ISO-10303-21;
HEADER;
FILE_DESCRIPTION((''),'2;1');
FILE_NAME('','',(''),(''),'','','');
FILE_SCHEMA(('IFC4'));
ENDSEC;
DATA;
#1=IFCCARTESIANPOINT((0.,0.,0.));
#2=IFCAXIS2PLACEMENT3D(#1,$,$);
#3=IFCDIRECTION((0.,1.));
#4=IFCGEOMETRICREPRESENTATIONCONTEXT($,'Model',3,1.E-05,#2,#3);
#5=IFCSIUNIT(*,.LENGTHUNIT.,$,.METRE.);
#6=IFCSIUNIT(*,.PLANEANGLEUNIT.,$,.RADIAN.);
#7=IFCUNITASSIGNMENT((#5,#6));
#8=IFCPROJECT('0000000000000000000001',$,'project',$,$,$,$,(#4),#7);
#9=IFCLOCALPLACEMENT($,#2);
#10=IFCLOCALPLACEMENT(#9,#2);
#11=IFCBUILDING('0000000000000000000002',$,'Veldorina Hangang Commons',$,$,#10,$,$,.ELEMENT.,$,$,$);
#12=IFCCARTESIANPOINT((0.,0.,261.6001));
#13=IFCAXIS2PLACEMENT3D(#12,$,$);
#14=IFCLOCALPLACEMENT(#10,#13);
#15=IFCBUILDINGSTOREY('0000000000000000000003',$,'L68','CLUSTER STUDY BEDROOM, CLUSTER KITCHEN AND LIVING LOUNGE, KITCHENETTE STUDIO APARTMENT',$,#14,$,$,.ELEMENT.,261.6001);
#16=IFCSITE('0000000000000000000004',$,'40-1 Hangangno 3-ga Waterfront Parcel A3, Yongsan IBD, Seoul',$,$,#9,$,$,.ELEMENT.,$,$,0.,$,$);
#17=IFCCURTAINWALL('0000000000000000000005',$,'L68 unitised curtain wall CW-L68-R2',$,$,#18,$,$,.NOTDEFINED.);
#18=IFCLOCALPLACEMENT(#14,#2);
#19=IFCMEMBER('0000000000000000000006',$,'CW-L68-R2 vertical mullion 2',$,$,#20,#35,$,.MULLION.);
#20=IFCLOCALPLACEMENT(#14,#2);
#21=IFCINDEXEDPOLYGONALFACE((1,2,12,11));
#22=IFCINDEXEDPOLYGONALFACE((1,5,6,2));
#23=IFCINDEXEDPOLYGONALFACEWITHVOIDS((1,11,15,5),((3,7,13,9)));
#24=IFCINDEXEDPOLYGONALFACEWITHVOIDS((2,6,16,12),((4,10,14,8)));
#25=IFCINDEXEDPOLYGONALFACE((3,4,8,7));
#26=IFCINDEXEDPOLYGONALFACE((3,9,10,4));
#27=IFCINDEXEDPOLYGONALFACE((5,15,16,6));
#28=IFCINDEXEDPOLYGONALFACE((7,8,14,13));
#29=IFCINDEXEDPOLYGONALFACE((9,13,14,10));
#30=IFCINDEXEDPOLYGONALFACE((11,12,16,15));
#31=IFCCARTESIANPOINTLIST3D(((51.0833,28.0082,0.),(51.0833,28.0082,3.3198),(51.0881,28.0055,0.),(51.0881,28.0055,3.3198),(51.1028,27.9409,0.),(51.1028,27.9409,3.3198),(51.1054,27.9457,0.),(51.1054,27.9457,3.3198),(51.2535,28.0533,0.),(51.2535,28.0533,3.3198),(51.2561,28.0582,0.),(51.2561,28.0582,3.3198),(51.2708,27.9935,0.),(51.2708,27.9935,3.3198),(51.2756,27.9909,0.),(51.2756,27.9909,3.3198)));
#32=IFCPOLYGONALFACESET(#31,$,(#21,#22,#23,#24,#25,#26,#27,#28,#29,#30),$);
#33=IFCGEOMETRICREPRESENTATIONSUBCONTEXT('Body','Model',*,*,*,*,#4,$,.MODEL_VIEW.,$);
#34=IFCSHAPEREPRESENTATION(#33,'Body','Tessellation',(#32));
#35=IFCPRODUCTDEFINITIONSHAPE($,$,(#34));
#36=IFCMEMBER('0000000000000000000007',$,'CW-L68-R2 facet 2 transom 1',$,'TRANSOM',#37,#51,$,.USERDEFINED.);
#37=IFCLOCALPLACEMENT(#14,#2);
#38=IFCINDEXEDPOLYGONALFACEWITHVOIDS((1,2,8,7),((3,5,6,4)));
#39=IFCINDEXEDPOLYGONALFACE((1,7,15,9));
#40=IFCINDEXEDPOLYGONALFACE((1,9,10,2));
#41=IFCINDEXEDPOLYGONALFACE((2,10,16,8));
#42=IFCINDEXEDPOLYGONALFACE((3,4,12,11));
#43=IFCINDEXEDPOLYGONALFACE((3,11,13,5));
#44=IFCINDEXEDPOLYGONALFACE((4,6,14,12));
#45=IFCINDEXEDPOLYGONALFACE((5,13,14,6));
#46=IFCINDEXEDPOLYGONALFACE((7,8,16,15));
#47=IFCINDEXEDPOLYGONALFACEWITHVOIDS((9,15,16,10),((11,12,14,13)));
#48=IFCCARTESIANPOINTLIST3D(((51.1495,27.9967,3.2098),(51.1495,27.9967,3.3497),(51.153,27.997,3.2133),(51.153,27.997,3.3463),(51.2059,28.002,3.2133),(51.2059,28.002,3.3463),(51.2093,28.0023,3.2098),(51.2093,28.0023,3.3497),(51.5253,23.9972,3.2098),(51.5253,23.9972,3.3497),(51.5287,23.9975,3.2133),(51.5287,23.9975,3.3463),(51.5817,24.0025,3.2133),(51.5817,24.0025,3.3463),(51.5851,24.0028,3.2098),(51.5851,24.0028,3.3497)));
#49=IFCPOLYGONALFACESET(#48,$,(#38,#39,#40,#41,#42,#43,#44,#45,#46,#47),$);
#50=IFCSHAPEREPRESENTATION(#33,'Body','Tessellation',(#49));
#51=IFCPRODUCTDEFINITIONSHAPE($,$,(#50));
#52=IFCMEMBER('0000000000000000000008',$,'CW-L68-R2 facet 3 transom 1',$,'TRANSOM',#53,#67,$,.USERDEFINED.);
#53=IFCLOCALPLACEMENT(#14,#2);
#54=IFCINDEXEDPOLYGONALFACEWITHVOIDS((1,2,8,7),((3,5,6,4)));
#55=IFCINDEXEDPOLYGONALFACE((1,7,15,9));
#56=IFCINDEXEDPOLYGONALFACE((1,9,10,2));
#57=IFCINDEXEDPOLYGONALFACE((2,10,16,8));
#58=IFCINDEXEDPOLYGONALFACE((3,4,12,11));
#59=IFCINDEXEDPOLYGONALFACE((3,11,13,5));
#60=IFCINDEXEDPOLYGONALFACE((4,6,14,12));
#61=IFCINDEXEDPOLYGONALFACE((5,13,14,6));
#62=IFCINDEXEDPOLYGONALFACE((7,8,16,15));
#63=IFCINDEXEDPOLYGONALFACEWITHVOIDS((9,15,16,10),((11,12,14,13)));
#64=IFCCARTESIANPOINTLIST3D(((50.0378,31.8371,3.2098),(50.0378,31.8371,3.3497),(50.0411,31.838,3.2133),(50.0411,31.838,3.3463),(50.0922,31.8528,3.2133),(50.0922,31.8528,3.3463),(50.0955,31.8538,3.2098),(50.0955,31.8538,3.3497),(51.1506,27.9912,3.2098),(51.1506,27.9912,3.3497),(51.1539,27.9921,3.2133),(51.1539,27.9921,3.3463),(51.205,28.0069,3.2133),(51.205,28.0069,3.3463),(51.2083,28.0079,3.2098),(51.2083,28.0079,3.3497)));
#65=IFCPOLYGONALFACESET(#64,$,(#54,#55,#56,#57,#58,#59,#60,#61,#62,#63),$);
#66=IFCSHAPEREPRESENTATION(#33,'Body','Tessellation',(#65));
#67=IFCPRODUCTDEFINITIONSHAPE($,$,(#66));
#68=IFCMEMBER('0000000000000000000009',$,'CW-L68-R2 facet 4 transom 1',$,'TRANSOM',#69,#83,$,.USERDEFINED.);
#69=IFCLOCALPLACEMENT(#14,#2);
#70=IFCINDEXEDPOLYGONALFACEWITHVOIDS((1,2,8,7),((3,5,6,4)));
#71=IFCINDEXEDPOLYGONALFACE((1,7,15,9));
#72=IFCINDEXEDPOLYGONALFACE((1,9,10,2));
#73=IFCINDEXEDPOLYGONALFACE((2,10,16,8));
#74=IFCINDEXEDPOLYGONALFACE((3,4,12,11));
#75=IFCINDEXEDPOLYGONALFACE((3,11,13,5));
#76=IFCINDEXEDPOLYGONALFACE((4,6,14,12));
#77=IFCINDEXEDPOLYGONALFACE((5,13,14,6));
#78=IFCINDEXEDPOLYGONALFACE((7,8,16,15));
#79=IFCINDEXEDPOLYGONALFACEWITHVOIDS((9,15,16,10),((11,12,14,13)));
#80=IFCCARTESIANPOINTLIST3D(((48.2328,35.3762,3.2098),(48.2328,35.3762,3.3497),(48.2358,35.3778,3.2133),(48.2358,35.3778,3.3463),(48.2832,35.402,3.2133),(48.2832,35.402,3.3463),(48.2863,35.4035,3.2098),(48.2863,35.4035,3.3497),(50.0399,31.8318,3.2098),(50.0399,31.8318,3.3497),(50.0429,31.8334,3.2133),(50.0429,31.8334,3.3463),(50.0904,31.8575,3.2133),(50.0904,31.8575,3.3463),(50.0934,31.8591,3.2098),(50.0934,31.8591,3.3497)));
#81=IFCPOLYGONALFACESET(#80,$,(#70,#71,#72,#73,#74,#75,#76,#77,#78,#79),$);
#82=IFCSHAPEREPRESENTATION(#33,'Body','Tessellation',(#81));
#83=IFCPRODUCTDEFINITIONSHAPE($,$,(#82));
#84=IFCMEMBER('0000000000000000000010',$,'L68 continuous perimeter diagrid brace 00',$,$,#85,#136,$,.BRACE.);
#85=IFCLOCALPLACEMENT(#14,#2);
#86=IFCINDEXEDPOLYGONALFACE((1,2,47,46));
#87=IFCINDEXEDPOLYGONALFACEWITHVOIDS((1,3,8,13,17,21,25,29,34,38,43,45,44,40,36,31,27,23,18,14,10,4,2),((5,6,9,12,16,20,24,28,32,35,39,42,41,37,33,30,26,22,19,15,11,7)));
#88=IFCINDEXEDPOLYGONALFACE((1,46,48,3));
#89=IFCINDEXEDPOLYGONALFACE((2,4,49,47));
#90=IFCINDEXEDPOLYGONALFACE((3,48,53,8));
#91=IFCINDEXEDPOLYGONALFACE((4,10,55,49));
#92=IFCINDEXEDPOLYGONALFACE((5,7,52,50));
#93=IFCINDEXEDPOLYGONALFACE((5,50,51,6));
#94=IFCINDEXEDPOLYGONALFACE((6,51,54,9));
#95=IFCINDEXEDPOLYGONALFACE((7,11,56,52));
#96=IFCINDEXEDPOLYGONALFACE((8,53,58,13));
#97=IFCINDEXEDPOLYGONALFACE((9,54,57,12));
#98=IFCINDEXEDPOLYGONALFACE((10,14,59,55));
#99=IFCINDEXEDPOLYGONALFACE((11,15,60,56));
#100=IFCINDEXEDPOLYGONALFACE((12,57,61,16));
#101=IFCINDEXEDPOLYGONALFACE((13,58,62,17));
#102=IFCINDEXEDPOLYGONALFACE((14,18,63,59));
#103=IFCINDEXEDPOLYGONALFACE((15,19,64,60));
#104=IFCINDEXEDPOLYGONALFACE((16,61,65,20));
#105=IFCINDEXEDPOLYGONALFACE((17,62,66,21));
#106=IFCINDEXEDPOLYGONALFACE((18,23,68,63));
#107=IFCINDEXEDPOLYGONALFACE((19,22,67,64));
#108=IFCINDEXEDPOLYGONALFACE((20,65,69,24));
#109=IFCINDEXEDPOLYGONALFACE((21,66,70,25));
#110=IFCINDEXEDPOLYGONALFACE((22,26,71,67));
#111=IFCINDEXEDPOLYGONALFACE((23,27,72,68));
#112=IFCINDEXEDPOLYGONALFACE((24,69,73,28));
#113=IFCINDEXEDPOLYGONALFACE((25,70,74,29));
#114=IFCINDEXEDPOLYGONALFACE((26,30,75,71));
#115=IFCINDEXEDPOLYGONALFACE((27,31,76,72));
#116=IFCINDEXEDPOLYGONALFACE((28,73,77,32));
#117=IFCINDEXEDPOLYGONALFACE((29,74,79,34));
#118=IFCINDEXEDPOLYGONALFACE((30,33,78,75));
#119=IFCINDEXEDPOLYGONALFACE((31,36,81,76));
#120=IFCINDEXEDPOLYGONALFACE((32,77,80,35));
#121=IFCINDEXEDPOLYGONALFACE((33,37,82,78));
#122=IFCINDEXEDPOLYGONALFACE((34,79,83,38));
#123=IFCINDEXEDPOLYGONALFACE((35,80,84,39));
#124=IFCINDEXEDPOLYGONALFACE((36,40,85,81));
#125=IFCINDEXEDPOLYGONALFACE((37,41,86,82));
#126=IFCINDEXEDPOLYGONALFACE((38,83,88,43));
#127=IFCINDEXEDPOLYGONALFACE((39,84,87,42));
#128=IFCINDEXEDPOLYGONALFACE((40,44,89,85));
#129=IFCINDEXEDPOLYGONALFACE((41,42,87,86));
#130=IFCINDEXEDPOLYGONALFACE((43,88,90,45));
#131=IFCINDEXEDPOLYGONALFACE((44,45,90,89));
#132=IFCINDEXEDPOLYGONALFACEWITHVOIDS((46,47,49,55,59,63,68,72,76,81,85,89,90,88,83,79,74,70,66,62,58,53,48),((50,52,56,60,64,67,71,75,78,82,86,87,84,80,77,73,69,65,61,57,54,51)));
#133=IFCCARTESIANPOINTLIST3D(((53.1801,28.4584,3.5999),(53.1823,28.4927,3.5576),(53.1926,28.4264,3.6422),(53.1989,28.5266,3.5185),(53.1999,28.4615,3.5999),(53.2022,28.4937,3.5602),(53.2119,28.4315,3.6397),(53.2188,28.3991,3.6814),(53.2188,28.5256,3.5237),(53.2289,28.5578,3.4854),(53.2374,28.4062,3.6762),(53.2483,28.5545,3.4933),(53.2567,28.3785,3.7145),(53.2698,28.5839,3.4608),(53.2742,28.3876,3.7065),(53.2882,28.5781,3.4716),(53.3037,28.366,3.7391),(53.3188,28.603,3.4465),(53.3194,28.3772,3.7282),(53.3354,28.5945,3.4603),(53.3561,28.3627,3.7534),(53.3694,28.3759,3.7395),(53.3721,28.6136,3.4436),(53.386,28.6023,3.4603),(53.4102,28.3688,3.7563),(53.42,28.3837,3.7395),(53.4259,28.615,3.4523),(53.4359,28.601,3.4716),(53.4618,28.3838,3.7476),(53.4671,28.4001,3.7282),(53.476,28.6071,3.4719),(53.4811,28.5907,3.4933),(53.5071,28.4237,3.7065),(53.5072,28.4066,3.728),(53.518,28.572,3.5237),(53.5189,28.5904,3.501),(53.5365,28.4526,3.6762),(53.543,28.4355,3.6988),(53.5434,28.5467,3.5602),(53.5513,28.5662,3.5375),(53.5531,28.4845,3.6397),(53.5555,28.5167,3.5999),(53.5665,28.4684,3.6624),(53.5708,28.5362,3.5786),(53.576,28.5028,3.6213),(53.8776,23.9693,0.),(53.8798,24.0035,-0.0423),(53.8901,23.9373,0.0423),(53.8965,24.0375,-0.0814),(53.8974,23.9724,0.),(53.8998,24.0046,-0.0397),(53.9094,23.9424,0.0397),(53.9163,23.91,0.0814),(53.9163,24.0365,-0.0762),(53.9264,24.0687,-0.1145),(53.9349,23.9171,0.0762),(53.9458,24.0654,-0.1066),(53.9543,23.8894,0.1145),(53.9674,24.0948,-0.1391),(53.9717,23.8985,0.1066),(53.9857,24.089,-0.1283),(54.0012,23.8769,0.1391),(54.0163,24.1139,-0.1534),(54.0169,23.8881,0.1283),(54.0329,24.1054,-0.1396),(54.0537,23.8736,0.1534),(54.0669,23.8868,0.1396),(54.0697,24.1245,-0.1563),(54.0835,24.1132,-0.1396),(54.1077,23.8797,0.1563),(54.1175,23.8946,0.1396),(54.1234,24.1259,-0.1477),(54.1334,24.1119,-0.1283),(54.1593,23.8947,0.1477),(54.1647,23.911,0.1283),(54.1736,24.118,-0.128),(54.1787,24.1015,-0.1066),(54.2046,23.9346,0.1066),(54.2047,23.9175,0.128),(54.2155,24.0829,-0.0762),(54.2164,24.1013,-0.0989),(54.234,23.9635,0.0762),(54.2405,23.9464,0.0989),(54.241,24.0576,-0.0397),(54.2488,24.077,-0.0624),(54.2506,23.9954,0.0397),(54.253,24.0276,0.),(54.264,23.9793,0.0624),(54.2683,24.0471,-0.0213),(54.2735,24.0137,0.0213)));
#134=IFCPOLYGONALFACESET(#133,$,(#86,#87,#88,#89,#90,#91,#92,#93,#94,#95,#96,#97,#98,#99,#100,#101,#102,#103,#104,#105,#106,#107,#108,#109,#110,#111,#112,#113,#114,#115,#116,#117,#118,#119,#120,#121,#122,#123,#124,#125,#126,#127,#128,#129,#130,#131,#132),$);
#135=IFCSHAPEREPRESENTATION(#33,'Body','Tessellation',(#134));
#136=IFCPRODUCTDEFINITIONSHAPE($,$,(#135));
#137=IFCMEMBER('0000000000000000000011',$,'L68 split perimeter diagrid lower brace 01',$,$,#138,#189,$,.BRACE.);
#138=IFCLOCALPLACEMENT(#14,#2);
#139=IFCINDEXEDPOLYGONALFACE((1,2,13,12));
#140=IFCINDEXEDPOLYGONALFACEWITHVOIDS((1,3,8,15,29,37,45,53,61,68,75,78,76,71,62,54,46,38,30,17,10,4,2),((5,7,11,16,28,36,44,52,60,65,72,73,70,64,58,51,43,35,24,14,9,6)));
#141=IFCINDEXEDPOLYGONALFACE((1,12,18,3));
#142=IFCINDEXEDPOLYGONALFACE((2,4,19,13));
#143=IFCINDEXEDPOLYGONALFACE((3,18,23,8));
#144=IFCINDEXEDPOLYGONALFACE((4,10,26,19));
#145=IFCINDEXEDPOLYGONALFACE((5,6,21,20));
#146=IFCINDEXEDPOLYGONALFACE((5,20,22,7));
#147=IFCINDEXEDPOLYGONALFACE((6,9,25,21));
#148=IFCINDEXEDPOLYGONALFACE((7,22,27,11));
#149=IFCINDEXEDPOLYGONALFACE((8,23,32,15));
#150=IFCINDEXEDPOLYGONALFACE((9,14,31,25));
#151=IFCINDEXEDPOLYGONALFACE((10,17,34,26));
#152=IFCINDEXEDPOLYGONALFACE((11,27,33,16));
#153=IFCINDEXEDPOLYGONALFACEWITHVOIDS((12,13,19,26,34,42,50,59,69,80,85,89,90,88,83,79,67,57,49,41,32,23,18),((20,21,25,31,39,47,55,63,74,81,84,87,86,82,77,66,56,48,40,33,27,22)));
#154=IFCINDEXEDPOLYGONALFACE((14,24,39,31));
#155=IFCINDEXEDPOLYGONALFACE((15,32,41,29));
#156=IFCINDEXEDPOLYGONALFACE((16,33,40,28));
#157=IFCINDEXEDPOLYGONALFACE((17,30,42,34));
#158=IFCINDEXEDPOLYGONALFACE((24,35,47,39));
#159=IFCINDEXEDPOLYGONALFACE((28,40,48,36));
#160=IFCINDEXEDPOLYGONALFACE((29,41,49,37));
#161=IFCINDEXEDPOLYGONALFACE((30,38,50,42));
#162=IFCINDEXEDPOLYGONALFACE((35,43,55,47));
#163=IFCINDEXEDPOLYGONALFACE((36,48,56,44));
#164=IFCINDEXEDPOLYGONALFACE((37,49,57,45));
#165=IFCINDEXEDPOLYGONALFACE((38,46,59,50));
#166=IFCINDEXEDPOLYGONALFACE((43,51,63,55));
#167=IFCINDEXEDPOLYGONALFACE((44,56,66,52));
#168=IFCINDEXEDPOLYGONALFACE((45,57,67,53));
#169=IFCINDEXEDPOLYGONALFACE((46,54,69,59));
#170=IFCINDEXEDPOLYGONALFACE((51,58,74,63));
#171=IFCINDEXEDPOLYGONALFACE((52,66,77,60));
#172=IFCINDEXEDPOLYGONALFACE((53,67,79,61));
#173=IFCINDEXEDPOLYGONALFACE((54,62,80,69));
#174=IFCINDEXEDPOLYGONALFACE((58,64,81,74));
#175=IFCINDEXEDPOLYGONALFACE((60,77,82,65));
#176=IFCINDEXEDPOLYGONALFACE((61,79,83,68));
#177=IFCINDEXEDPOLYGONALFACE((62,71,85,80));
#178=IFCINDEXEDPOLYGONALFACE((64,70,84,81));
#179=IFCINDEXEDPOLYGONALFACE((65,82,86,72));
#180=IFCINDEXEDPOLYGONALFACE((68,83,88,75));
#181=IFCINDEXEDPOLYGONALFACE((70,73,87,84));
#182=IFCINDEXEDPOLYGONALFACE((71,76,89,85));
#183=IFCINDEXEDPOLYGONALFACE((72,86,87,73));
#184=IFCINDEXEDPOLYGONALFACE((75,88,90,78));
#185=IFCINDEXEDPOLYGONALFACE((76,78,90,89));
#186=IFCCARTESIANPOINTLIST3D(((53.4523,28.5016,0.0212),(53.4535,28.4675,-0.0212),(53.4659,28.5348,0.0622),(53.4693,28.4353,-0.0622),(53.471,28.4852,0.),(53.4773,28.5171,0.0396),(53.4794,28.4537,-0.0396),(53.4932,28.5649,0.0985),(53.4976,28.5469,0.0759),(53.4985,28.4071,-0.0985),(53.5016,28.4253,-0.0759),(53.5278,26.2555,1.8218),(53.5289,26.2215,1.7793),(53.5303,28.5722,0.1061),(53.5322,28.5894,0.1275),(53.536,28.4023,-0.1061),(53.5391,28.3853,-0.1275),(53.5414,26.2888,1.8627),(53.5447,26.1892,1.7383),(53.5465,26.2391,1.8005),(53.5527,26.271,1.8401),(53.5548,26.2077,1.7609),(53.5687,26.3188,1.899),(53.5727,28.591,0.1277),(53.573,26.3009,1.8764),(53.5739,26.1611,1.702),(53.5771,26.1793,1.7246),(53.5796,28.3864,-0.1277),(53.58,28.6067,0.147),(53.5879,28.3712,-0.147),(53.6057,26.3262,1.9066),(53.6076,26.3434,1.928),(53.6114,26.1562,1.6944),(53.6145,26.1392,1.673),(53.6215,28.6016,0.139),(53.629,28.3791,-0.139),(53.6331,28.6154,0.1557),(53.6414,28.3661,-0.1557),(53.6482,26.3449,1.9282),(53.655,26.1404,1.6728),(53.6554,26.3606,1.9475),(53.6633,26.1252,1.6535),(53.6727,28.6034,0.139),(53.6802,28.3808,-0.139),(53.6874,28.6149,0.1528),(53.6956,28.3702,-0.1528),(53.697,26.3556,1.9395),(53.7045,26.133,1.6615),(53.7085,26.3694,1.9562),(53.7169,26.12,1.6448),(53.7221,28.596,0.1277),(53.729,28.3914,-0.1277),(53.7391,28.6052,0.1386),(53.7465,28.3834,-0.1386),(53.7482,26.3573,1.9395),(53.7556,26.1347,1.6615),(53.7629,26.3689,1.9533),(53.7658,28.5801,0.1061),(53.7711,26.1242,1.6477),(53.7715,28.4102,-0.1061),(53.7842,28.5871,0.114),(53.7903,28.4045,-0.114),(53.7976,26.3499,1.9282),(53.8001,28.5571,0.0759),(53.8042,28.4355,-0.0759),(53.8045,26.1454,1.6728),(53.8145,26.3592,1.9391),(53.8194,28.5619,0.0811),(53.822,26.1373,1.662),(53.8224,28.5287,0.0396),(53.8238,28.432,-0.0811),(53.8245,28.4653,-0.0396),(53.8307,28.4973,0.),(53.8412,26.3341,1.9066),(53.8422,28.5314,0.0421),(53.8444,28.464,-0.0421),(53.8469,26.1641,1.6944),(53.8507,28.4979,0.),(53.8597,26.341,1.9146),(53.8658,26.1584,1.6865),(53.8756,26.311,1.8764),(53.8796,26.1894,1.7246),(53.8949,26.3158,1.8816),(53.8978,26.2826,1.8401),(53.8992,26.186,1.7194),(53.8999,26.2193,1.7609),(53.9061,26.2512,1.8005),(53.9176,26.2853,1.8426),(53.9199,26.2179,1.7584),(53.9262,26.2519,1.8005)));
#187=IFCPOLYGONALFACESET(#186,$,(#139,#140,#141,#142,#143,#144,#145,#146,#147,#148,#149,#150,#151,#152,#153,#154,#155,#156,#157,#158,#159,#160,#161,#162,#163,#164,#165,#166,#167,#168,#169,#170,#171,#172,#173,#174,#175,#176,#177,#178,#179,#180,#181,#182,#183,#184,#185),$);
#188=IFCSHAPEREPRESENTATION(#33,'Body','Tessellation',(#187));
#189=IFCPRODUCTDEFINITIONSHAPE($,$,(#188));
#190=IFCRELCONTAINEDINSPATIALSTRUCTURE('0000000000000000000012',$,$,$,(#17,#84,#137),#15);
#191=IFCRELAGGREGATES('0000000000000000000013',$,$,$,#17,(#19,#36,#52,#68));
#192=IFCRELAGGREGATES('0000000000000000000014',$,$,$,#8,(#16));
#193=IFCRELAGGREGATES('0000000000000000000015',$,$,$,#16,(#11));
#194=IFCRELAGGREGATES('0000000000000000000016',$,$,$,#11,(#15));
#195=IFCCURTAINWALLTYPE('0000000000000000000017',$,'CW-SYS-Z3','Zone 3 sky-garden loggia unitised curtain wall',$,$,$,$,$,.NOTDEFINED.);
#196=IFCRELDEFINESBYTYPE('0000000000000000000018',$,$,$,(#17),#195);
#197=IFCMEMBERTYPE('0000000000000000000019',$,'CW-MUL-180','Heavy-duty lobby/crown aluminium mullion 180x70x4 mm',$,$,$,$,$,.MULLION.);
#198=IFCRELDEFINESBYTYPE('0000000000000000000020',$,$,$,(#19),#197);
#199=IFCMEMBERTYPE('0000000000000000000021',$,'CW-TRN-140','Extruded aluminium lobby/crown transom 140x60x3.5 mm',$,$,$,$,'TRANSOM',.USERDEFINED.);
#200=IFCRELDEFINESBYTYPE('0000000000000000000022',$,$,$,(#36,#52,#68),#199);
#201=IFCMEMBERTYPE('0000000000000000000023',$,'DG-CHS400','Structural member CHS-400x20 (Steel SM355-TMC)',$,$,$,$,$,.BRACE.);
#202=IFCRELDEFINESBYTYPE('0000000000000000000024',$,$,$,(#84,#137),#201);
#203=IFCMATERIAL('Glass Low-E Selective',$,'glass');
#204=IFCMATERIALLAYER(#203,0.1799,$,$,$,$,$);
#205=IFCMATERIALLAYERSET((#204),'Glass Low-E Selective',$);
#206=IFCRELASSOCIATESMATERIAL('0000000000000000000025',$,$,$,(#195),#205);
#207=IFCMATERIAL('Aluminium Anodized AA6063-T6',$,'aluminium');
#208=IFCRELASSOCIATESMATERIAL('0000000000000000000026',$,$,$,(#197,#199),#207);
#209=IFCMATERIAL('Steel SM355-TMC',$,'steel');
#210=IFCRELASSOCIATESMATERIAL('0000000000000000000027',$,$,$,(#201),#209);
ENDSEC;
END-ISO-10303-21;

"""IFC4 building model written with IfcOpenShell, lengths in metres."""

from ifc_helpers import new_model, si_unit, direction, frame, origin, origin_2d, place, context, subcontext, project, spatial, hollow_rectangle, hollow_circle, extrude, material, layer, layer_set, material_profile, profile_set, type_object, element, aggregate, save


model = new_model("IFC4")

# Units and contexts
model_context = context("Model", 3, precision=1e-05, world=origin(), true_north=direction((0.0, 1.0)))
body_context = subcontext(model_context, "Body", "Model", "MODEL_VIEW")
ifc_project = project(units=[si_unit("LENGTHUNIT", "METRE"), si_unit("PLANEANGLEUNIT", "RADIAN")], contexts=[model_context])

# Site, building, storey
site_placement = place(None, origin())
site = spatial("IfcSite", under=ifc_project, at=site_placement, Name="40-1 Hangangno 3-ga Waterfront Parcel A3, Yongsan IBD, Seoul", CompositionType="ELEMENT", RefElevation=0.0)
building_placement = place(site_placement, origin())
building = spatial("IfcBuilding", under=site, at=building_placement, Name="Veldorina Hangang Commons", CompositionType="ELEMENT")
storey_placement = place(building_placement, frame((0.0, 0.0, 261.6001)))
storey = spatial("IfcBuildingStorey", under=building, at=storey_placement, Name="L68", Description="CLUSTER STUDY BEDROOM, CLUSTER KITCHEN AND LIVING LOUNGE, KITCHENETTE STUDIO APARTMENT", CompositionType="ELEMENT", Elevation=261.6001)

# Shared definitions
ifc_material_1 = material(Name="Steel SM355-TMC", Category="steel")

# Curtain wall, members
ifc_material_2 = material(Name="Glass Low-E Selective", Category="glass")
ifc_layer_1 = layer(ifc_material_2, 0.1799)
ifc_layer_set_1 = layer_set([ifc_layer_1], Name="Glass Low-E Selective")
curtain_wall_type = type_object("IfcCurtainWallType", Name="CW-SYS-Z3", Description="Zone 3 sky-garden loggia unitised curtain wall", PredefinedType="NOTDEFINED", material=ifc_layer_set_1)
curtain_wall_placement = place(storey_placement, origin())
curtain_wall = element("IfcCurtainWall", 1, at=curtain_wall_placement, inside=storey, type_object=curtain_wall_type, Name="L68 unitised curtain wall CW-L68-R2", PredefinedType="NOTDEFINED")
ifc_material_3 = material(Name="Aluminium Anodized AA6063-T6", Category="aluminium")
ifc_material_profile_1 = material_profile(ifc_material_3, hollow_rectangle(XDim=0.0701, YDim=0.1799, WallThickness=0.0039, at=origin_2d()), Name="ALU-RHS-180x70x4")
ifc_profile_set_1 = profile_set([ifc_material_profile_1], Name="Aluminium Anodized AA6063-T6")
member_type_1 = type_object("IfcMemberType", Name="CW-MUL-180", Description="Heavy-duty lobby/crown aluminium mullion 180x70x4 mm", PredefinedType="MULLION", material=ifc_profile_set_1)
member_1_placement = place(storey_placement, frame((51.1794, 27.9995, 0.0), z_axis=(0.0, 0.0, 1.0), x_axis=(-0.277952, 0.960595, 0.0)))
member_1 = element("IfcMember", 2, at=member_1_placement, type_object=member_type_1, Name="CW-L68-R2 vertical mullion 2", PredefinedType="MULLION", context=body_context, shape_type="SweptSolid", body=[
    extrude(hollow_rectangle(XDim=0.0701, YDim=0.1799, WallThickness=0.0039, at=origin_2d()), origin(), (0.0, 0.0, 1.0), 3.3198),
])
ifc_material_profile_2 = material_profile(ifc_material_3, hollow_rectangle(XDim=0.0601, YDim=0.1399, WallThickness=0.0034, at=origin_2d()), Name="ALU-RHS-140x60x3.5")
ifc_profile_set_2 = profile_set([ifc_material_profile_2], Name="Aluminium Anodized AA6063-T6")
member_type_2 = type_object("IfcMemberType", Name="CW-TRN-140", Description="Extruded aluminium lobby/crown transom 140x60x3.5 mm", ElementType="TRANSOM", PredefinedType="USERDEFINED", material=ifc_profile_set_2)
member_2_placement = place(storey_placement, frame((51.5552, 24.0, 3.2798), z_axis=(-0.093533, 0.995616, 0.0), x_axis=(-0.995616, -0.093533, 0.0)))
member_2 = element("IfcMember", 3, at=member_2_placement, type_object=member_type_2, Name="CW-L68-R2 facet 2 transom 1", ObjectType="TRANSOM", PredefinedType="USERDEFINED", context=body_context, shape_type="SweptSolid", body=[
    extrude(hollow_rectangle(XDim=0.0601, YDim=0.1399, WallThickness=0.0034, at=origin_2d()), origin(), (0.0, 0.0, 1.0), 4.0171),
])
member_3_placement = place(storey_placement, frame((51.1794, 27.9995, 3.2798), z_axis=(-0.277941, 0.960598, 0.0), x_axis=(-0.960598, -0.277941, 0.0)))
member_3 = element("IfcMember", 4, at=member_3_placement, type_object=member_type_2, Name="CW-L68-R2 facet 3 transom 1", ObjectType="TRANSOM", PredefinedType="USERDEFINED", context=body_context, shape_type="SweptSolid", body=[
    extrude(hollow_rectangle(XDim=0.0601, YDim=0.1399, WallThickness=0.0034, at=origin_2d()), origin(), (0.0, 0.0, 1.0), 4.0037),
])
member_4_placement = place(storey_placement, frame((50.0667, 31.8455, 3.2798), z_axis=(-0.45422, 0.89089, 0.0), x_axis=(-0.89089, -0.45422, 0.0)))
member_4 = element("IfcMember", 5, at=member_4_placement, type_object=member_type_2, Name="CW-L68-R2 facet 4 transom 1", ObjectType="TRANSOM", PredefinedType="USERDEFINED", context=body_context, shape_type="SweptSolid", body=[
    extrude(hollow_rectangle(XDim=0.0601, YDim=0.1399, WallThickness=0.0034, at=origin_2d()), origin(), (0.0, 0.0, 1.0), 3.9785),
])

# Members
ifc_material_profile_3 = material_profile(ifc_material_1, hollow_circle(Radius=0.2, WallThickness=0.02, at=origin_2d()), Name="CHS-400x20")
ifc_profile_set_3 = profile_set([ifc_material_profile_3], Name="Steel SM355-TMC")
member_type_3 = type_object("IfcMemberType", Name="DG-CHS400", Description="Structural member CHS-400x20 (Steel SM355-TMC)", PredefinedType="BRACE", material=ifc_profile_set_3)
member_5_placement = place(storey_placement, frame((54.0752, 24.0, 0.0), z_axis=(-0.120338, 0.774466, 0.621064), x_axis=(-0.988143, -0.153539, 0.0)))
element("IfcMember", 6, at=member_5_placement, inside=storey, type_object=member_type_3, Name="L68 continuous perimeter diagrid brace 00", PredefinedType="BRACE", context=body_context, shape_type="SweptSolid", body=[
    extrude(hollow_circle(Radius=0.2, WallThickness=0.02, at=origin_2d()), origin(), (0.0, 0.0, 1.0), 5.7964),
])
member_6_placement = place(storey_placement, frame((53.6509, 28.4912, 0.0), z_axis=(0.026197, -0.77998, 0.625256), x_axis=(0.999436, 0.033568, 0.0)))
element("IfcMember", 7, at=member_6_placement, inside=storey, type_object=member_type_3, Name="L68 split perimeter diagrid lower brace 01", PredefinedType="BRACE", context=body_context, shape_type="SweptSolid", body=[
    extrude(hollow_circle(Radius=0.2, WallThickness=0.02, at=origin_2d()), origin(), (0.0, 0.0, 1.0), 2.8796),
])

aggregate(curtain_wall, [member_1, member_2, member_3, member_4])

save(model, "model.ifc")
